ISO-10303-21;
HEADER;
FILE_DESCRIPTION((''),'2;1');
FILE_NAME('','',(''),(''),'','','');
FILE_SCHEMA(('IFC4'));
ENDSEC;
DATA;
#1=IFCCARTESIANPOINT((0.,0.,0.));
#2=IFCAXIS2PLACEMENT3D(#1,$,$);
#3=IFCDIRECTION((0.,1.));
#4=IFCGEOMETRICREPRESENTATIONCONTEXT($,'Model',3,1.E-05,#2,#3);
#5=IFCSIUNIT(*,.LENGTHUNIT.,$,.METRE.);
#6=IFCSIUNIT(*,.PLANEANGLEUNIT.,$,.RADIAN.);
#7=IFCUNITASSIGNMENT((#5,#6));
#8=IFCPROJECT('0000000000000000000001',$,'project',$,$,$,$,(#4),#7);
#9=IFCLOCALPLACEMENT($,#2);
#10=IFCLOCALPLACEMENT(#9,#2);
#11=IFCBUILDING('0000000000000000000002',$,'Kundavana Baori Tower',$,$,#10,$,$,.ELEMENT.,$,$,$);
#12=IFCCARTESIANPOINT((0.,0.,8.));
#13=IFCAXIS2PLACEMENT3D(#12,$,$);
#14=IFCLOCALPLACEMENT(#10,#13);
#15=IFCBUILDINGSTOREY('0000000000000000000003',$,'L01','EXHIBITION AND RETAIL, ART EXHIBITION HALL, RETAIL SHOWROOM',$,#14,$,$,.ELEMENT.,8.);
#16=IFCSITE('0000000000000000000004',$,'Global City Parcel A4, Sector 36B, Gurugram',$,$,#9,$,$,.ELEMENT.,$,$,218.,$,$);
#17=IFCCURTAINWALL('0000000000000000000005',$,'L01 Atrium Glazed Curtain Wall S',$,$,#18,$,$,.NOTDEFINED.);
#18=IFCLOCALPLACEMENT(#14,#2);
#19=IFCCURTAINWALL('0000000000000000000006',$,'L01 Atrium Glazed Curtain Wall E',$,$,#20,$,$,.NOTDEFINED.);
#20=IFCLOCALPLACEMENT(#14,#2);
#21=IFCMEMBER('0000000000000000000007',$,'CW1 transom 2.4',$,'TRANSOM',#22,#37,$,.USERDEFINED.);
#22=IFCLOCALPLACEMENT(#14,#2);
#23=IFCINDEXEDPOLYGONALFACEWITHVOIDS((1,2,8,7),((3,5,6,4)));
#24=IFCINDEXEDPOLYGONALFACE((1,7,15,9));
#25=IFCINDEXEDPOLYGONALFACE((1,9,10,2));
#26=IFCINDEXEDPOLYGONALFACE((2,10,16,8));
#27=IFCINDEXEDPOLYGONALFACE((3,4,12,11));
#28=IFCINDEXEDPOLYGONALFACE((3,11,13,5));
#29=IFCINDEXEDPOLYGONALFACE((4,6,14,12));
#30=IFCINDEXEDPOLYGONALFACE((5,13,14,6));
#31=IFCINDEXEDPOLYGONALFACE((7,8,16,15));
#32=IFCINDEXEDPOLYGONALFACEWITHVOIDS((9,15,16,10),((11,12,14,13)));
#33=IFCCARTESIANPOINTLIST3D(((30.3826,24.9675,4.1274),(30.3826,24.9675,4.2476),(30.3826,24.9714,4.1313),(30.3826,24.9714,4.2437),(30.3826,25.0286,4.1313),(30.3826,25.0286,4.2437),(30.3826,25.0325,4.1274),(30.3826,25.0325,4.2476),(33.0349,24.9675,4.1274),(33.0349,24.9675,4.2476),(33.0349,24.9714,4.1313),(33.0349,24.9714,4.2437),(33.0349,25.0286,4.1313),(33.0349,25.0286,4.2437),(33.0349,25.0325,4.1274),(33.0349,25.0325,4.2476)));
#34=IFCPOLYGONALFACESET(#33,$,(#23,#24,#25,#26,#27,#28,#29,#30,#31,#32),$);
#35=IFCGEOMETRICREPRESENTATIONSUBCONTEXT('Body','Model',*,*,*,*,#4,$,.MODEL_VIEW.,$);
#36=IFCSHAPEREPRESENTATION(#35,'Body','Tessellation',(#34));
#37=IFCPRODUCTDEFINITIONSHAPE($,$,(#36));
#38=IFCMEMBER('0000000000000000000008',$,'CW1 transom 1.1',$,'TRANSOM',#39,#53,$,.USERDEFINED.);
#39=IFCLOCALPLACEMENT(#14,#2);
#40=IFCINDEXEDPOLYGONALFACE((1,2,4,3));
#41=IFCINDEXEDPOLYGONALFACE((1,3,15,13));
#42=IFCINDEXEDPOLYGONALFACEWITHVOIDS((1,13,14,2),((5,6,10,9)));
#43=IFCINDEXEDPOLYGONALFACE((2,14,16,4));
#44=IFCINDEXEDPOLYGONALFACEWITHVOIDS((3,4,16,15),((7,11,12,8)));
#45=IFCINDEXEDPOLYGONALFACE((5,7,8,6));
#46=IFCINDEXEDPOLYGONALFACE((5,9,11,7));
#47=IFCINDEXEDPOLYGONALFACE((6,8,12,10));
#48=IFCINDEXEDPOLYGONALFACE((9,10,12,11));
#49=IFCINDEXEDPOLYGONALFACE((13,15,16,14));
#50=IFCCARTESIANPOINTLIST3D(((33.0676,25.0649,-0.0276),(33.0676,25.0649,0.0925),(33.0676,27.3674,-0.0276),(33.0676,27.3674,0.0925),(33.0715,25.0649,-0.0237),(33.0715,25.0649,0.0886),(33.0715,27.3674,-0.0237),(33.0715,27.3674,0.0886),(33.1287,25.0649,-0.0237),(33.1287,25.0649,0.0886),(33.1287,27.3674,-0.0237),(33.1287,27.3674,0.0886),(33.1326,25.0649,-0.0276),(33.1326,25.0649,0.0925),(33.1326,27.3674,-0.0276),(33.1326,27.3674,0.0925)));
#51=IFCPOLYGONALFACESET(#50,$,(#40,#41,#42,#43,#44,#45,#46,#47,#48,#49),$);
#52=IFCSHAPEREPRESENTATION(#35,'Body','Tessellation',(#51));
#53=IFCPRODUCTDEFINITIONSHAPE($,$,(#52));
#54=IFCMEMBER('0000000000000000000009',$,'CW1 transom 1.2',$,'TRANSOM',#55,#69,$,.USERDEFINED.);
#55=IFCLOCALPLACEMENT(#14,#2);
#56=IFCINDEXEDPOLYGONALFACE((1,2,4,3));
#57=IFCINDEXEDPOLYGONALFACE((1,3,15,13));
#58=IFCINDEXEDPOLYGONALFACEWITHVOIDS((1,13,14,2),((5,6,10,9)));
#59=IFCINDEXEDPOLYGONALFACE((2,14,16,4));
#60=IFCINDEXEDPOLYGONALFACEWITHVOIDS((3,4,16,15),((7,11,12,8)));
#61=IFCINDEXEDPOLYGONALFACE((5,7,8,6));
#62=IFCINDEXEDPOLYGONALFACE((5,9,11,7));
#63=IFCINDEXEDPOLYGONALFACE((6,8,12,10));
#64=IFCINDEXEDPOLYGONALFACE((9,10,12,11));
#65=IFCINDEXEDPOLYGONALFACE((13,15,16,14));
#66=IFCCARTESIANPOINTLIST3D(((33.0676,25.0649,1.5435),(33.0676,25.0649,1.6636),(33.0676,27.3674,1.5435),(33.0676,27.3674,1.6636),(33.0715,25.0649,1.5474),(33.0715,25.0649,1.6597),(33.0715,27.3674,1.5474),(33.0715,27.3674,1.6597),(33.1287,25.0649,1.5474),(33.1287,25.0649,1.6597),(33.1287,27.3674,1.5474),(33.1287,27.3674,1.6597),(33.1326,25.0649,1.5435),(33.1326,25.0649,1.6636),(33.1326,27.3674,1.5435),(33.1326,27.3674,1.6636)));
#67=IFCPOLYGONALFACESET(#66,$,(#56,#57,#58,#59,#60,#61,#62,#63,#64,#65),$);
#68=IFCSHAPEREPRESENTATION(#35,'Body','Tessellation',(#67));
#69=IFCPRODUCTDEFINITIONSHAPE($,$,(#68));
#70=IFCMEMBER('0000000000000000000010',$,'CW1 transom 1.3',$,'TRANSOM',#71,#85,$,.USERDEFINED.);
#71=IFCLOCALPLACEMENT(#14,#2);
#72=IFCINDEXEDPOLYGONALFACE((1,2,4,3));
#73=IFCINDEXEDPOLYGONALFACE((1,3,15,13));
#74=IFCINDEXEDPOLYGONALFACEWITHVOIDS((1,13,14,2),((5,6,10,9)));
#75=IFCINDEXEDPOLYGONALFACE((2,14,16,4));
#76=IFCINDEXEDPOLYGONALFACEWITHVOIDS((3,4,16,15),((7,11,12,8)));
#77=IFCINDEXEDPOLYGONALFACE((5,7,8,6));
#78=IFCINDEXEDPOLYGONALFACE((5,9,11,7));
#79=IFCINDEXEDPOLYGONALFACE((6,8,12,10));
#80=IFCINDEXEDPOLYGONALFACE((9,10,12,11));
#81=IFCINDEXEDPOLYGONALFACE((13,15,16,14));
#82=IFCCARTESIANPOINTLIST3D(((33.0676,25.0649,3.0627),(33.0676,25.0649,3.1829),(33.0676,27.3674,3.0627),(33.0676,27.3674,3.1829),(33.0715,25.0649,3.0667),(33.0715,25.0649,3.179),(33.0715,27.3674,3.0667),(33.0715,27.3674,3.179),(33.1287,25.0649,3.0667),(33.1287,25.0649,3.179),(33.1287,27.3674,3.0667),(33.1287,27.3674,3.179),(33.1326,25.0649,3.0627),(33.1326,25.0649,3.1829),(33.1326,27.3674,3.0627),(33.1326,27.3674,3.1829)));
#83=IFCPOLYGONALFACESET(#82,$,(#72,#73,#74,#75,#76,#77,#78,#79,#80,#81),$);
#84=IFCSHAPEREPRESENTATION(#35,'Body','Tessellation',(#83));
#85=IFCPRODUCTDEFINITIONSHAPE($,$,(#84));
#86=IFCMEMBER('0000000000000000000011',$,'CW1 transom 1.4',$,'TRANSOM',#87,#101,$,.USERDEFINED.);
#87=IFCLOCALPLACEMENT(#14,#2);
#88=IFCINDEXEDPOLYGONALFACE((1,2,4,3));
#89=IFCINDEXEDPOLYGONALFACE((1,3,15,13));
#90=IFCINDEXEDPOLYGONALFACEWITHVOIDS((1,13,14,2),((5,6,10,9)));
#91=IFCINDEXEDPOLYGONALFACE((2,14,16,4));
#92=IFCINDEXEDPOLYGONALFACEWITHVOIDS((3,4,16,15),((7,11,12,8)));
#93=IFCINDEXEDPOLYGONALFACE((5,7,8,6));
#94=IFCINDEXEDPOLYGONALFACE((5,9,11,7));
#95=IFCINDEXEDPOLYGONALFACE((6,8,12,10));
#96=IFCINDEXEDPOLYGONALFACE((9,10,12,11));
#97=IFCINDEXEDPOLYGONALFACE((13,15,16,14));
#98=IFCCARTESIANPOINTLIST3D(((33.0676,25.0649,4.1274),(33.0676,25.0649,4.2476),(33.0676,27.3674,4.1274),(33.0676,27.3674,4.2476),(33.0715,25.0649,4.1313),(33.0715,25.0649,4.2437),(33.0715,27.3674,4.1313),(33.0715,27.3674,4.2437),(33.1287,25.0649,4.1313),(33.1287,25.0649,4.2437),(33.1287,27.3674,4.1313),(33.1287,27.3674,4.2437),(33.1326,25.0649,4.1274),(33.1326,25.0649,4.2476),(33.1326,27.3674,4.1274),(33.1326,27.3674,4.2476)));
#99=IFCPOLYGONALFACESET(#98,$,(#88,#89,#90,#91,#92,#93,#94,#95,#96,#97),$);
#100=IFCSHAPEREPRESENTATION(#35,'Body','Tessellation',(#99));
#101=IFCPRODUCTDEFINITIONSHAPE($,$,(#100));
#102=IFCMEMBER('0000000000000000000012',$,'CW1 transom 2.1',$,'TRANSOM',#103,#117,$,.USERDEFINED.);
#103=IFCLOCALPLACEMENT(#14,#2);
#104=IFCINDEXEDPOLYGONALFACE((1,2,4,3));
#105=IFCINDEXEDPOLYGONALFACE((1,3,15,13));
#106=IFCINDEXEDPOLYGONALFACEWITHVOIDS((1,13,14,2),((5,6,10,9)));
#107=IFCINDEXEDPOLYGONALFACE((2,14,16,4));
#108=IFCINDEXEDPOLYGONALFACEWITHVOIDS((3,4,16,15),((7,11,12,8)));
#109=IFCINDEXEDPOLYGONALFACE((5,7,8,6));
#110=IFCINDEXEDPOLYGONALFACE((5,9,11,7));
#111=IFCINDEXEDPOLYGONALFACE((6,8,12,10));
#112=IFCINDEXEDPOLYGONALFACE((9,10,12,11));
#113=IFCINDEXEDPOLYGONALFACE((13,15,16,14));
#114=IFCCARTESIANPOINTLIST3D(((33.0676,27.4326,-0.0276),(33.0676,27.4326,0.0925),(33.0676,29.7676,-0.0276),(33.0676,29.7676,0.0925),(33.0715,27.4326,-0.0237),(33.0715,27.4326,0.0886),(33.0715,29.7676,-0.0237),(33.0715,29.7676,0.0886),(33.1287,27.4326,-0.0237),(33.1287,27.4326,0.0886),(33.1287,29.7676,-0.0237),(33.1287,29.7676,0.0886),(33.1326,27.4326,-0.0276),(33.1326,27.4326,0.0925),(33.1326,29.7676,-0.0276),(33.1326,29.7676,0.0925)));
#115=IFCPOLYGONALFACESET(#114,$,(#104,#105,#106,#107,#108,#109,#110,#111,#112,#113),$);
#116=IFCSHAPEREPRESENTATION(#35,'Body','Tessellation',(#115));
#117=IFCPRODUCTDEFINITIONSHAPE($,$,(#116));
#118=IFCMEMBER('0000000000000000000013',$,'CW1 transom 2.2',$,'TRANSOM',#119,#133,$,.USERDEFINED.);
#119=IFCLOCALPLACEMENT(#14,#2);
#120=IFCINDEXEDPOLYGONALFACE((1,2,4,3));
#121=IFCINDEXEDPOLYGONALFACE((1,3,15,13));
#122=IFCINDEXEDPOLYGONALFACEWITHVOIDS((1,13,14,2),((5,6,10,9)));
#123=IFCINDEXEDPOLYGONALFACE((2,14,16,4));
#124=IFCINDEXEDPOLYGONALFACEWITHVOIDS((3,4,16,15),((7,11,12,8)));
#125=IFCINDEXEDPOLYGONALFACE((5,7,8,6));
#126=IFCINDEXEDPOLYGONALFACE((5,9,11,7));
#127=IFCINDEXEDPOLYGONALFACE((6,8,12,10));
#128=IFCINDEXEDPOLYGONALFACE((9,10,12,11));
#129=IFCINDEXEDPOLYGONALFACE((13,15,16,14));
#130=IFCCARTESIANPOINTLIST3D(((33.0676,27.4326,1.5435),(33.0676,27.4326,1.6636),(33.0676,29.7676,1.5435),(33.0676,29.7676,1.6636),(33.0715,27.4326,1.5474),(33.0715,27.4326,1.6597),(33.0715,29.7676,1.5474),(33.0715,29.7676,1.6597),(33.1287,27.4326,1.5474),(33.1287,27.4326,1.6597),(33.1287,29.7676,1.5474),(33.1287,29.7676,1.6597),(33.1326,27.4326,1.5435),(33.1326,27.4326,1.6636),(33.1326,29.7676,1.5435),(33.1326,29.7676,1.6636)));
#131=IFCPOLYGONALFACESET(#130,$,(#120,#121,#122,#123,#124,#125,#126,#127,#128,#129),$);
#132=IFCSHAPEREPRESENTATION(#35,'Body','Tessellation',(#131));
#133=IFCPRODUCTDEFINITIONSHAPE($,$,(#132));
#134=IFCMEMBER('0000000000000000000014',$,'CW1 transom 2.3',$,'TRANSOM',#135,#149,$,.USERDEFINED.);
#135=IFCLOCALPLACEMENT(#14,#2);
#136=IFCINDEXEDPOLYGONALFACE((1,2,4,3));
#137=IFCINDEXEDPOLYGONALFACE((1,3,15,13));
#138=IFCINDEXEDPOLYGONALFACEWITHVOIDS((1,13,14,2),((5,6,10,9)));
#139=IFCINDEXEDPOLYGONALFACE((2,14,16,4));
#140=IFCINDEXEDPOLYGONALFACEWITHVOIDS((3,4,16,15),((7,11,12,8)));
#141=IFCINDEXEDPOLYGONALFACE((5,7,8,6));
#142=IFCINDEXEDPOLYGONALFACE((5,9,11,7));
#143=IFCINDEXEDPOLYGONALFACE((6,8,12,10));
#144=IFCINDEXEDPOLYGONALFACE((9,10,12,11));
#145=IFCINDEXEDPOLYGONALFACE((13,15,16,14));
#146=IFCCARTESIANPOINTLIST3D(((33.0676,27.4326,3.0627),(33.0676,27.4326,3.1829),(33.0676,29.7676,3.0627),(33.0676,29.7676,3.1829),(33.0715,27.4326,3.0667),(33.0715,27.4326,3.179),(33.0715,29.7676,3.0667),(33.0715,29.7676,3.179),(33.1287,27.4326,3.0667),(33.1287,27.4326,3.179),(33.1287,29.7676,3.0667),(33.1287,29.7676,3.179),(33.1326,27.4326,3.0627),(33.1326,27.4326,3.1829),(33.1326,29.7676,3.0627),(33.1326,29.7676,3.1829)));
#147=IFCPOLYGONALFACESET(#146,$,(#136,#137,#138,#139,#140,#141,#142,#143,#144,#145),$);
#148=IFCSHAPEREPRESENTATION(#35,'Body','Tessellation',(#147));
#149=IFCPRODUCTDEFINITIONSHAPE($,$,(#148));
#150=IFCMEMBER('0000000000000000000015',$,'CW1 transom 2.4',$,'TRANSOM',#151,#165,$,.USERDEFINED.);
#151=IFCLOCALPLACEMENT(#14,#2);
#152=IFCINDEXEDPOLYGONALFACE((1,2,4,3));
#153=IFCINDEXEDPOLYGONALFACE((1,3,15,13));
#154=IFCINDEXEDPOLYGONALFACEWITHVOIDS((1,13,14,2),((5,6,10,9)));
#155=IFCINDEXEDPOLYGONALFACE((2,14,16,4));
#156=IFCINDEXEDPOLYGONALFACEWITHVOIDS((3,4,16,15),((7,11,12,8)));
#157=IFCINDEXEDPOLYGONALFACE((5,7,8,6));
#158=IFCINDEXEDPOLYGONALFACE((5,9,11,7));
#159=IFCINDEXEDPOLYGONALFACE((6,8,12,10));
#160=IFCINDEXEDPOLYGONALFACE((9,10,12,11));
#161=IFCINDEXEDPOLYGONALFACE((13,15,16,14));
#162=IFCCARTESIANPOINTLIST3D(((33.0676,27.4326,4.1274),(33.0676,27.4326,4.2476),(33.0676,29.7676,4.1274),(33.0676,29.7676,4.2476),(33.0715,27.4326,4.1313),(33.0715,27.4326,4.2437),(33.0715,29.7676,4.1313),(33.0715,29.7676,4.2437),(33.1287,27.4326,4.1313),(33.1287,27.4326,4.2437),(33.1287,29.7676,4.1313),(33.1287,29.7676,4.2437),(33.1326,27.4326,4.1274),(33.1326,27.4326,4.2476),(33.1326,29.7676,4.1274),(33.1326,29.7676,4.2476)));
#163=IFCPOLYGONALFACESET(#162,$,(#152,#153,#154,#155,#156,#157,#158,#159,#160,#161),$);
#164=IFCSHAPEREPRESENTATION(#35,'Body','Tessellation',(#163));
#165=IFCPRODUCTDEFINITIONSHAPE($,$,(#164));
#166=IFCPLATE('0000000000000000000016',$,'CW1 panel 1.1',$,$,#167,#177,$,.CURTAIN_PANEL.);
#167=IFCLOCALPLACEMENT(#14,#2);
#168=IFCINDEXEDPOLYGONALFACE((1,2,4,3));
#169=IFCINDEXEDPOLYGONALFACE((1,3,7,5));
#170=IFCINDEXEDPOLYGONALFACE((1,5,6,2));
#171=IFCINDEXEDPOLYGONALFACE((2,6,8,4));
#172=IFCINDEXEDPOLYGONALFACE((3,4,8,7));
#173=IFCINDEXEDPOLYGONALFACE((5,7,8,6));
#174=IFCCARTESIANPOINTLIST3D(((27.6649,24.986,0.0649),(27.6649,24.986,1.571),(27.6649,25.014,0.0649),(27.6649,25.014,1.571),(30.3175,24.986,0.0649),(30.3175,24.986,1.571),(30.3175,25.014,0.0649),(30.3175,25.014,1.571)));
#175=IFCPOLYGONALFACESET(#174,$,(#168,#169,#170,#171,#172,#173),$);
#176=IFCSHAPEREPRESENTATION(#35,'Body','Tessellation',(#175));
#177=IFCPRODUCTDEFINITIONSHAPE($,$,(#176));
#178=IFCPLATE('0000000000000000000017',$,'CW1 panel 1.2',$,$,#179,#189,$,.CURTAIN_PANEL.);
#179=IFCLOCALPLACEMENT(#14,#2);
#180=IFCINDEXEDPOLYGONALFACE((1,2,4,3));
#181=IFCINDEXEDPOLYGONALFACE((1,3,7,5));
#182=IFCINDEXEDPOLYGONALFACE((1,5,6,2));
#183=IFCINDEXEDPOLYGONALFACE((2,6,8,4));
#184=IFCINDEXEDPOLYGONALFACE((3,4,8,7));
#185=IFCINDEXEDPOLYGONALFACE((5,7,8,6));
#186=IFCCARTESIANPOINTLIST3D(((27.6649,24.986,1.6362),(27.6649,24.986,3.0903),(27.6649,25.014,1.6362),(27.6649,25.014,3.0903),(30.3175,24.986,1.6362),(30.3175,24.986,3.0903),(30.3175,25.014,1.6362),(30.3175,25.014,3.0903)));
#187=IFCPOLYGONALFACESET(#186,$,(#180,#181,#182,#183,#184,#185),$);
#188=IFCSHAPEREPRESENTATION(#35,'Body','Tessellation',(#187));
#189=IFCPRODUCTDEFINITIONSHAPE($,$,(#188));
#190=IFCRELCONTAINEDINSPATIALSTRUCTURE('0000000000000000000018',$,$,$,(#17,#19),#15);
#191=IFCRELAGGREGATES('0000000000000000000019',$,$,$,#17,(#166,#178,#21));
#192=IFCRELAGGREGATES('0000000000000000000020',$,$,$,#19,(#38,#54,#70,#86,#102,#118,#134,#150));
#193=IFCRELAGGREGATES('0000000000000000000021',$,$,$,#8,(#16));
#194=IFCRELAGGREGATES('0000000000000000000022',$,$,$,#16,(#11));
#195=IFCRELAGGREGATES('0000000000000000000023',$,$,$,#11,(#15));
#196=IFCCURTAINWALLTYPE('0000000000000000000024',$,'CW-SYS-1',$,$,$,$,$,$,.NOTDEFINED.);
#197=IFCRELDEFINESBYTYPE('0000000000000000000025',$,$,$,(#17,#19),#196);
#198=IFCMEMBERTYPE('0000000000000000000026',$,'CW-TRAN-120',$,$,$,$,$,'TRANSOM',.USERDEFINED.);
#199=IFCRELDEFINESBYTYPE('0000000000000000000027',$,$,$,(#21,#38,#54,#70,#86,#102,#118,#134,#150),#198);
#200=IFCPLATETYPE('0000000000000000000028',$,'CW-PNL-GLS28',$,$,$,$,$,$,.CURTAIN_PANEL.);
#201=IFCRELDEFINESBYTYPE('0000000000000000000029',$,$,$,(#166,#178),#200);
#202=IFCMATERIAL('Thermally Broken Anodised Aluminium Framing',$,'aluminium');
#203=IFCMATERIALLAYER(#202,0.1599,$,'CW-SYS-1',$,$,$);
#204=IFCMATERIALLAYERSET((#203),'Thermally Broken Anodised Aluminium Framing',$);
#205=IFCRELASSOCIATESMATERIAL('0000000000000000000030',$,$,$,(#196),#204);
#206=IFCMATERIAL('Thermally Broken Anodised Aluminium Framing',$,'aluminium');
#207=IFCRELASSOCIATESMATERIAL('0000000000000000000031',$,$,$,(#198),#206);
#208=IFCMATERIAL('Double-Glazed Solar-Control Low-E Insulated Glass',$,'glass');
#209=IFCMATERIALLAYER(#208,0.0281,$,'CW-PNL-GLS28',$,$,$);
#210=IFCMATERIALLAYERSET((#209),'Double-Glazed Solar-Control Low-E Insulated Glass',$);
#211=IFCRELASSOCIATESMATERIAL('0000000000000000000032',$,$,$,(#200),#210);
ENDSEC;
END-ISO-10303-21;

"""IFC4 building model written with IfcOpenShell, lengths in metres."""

from ifc_helpers import new_model, si_unit, direction, frame, origin, origin_2d, place, context, subcontext, project, spatial, rectangle, hollow_rectangle, extrude, material, layer, layer_set, material_profile, profile_set, type_object, element, aggregate, save


model = new_model("IFC4")

# Units and contexts
model_context = context("Model", 3, precision=1e-05, world=origin(), true_north=direction((0.0, 1.0)))
body_context = subcontext(model_context, "Body", "Model", "MODEL_VIEW")
ifc_project = project(units=[si_unit("LENGTHUNIT", "METRE"), si_unit("PLANEANGLEUNIT", "RADIAN")], contexts=[model_context])

# Site, building, storey
site_placement = place(None, origin())
site = spatial("IfcSite", under=ifc_project, at=site_placement, Name="Global City Parcel A4, Sector 36B, Gurugram", CompositionType="ELEMENT", RefElevation=218.0)
building_placement = place(site_placement, origin())
building = spatial("IfcBuilding", under=site, at=building_placement, Name="Kundavana Baori Tower", CompositionType="ELEMENT")
storey_placement = place(building_placement, frame((0.0, 0.0, 8.0)))
storey = spatial("IfcBuildingStorey", under=building, at=storey_placement, Name="L01", Description="EXHIBITION AND RETAIL, ART EXHIBITION HALL, RETAIL SHOWROOM", CompositionType="ELEMENT", Elevation=8.0)

# Curtain walls
ifc_material_1 = material(Name="Thermally Broken Anodised Aluminium Framing", Category="aluminium")
ifc_layer_1 = layer(ifc_material_1, 0.1599, Name="CW-SYS-1")
ifc_layer_set_1 = layer_set([ifc_layer_1], Name="Thermally Broken Anodised Aluminium Framing")
curtain_wall_type = type_object("IfcCurtainWallType", Name="CW-SYS-1", PredefinedType="NOTDEFINED", material=ifc_layer_set_1)
curtain_wall_1_placement = place(storey_placement, origin())
curtain_wall_1 = element("IfcCurtainWall", 1, at=curtain_wall_1_placement, inside=storey, type_object=curtain_wall_type, Name="L01 Atrium Glazed Curtain Wall S", PredefinedType="NOTDEFINED")
curtain_wall_2_placement = place(storey_placement, origin())
curtain_wall_2 = element("IfcCurtainWall", 2, at=curtain_wall_2_placement, inside=storey, type_object=curtain_wall_type, Name="L01 Atrium Glazed Curtain Wall E", PredefinedType="NOTDEFINED")

# Members
ifc_material_2 = material(Name="Thermally Broken Anodised Aluminium Framing", Category="aluminium")
ifc_material_profile_1 = material_profile(ifc_material_2, hollow_rectangle(XDim=0.0649, YDim=0.1201, WallThickness=0.0039, at=origin_2d()), Name="CW-TRAN-120")
ifc_profile_set_1 = profile_set([ifc_material_profile_1], Name="Thermally Broken Anodised Aluminium Framing")
member_type_1 = type_object("IfcMemberType", Name="CW-TRAN-120", ElementType="TRANSOM", PredefinedType="USERDEFINED", material=ifc_profile_set_1)
member_1_placement = place(storey_placement, frame((30.3826, 25.0, 4.1875), z_axis=(1.0, 0.0, 0.0), x_axis=(0.0, 1.0, 0.0)))
member_1 = element("IfcMember", 3, at=member_1_placement, type_object=member_type_1, Name="CW1 transom 2.4", ObjectType="TRANSOM", PredefinedType="USERDEFINED", context=body_context, shape_type="SweptSolid", body=[
    extrude(hollow_rectangle(XDim=0.0649, YDim=0.1201, WallThickness=0.0039, at=origin_2d()), origin(), (0.0, 0.0, 1.0), 2.6523),
])
member_2_placement = place(storey_placement, frame((33.1001, 25.0649, 0.0325), z_axis=(0.0, 1.0, 0.0), x_axis=(-1.0, 0.0, 0.0)))
member_2 = element("IfcMember", 4, at=member_2_placement, type_object=member_type_1, Name="CW1 transom 1.1", ObjectType="TRANSOM", PredefinedType="USERDEFINED", context=body_context, shape_type="SweptSolid", body=[
    extrude(hollow_rectangle(XDim=0.0649, YDim=0.1201, WallThickness=0.0039, at=origin_2d()), origin(), (0.0, 0.0, 1.0), 2.3025),
])
member_3_placement = place(storey_placement, frame((33.1001, 25.0649, 1.6035), z_axis=(0.0, 1.0, 0.0), x_axis=(-1.0, 0.0, 0.0)))
member_3 = element("IfcMember", 5, at=member_3_placement, type_object=member_type_1, Name="CW1 transom 1.2", ObjectType="TRANSOM", PredefinedType="USERDEFINED", context=body_context, shape_type="SweptSolid", body=[
    extrude(hollow_rectangle(XDim=0.0649, YDim=0.1201, WallThickness=0.0039, at=origin_2d()), origin(), (0.0, 0.0, 1.0), 2.3025),
])
member_4_placement = place(storey_placement, frame((33.1001, 25.0649, 3.1228), z_axis=(0.0, 1.0, 0.0), x_axis=(-1.0, 0.0, 0.0)))
member_4 = element("IfcMember", 6, at=member_4_placement, type_object=member_type_1, Name="CW1 transom 1.3", ObjectType="TRANSOM", PredefinedType="USERDEFINED", context=body_context, shape_type="SweptSolid", body=[
    extrude(hollow_rectangle(XDim=0.0649, YDim=0.1201, WallThickness=0.0039, at=origin_2d()), origin(), (0.0, 0.0, 1.0), 2.3025),
])
member_5_placement = place(storey_placement, frame((33.1001, 25.0649, 4.1875), z_axis=(0.0, 1.0, 0.0), x_axis=(-1.0, 0.0, 0.0)))
member_5 = element("IfcMember", 7, at=member_5_placement, type_object=member_type_1, Name="CW1 transom 1.4", ObjectType="TRANSOM", PredefinedType="USERDEFINED", context=body_context, shape_type="SweptSolid", body=[
    extrude(hollow_rectangle(XDim=0.0649, YDim=0.1201, WallThickness=0.0039, at=origin_2d()), origin(), (0.0, 0.0, 1.0), 2.3025),
])
member_6_placement = place(storey_placement, frame((33.1001, 27.4326, 0.0325), z_axis=(0.0, 1.0, 0.0), x_axis=(-1.0, 0.0, 0.0)))
member_6 = element("IfcMember", 8, at=member_6_placement, type_object=member_type_1, Name="CW1 transom 2.1", ObjectType="TRANSOM", PredefinedType="USERDEFINED", context=body_context, shape_type="SweptSolid", body=[
    extrude(hollow_rectangle(XDim=0.0649, YDim=0.1201, WallThickness=0.0039, at=origin_2d()), origin(), (0.0, 0.0, 1.0), 2.335),
])
member_7_placement = place(storey_placement, frame((33.1001, 27.4326, 1.6035), z_axis=(0.0, 1.0, 0.0), x_axis=(-1.0, 0.0, 0.0)))
member_7 = element("IfcMember", 9, at=member_7_placement, type_object=member_type_1, Name="CW1 transom 2.2", ObjectType="TRANSOM", PredefinedType="USERDEFINED", context=body_context, shape_type="SweptSolid", body=[
    extrude(hollow_rectangle(XDim=0.0649, YDim=0.1201, WallThickness=0.0039, at=origin_2d()), origin(), (0.0, 0.0, 1.0), 2.335),
])
member_8_placement = place(storey_placement, frame((33.1001, 27.4326, 3.1228), z_axis=(0.0, 1.0, 0.0), x_axis=(-1.0, 0.0, 0.0)))
member_8 = element("IfcMember", 10, at=member_8_placement, type_object=member_type_1, Name="CW1 transom 2.3", ObjectType="TRANSOM", PredefinedType="USERDEFINED", context=body_context, shape_type="SweptSolid", body=[
    extrude(hollow_rectangle(XDim=0.0649, YDim=0.1201, WallThickness=0.0039, at=origin_2d()), origin(), (0.0, 0.0, 1.0), 2.335),
])
member_9_placement = place(storey_placement, frame((33.1001, 27.4326, 4.1875), z_axis=(0.0, 1.0, 0.0), x_axis=(-1.0, 0.0, 0.0)))
member_9 = element("IfcMember", 11, at=member_9_placement, type_object=member_type_1, Name="CW1 transom 2.4", ObjectType="TRANSOM", PredefinedType="USERDEFINED", context=body_context, shape_type="SweptSolid", body=[
    extrude(hollow_rectangle(XDim=0.0649, YDim=0.1201, WallThickness=0.0039, at=origin_2d()), origin(), (0.0, 0.0, 1.0), 2.335),
])

# Plates
ifc_material_3 = material(Name="Double-Glazed Solar-Control Low-E Insulated Glass", Category="glass")
ifc_layer_2 = layer(ifc_material_3, 0.0281, Name="CW-PNL-GLS28")
ifc_layer_set_2 = layer_set([ifc_layer_2], Name="Double-Glazed Solar-Control Low-E Insulated Glass")
plate_type = type_object("IfcPlateType", Name="CW-PNL-GLS28", PredefinedType="CURTAIN_PANEL", material=ifc_layer_set_2)
plate_1_placement = place(storey_placement, frame((28.9912, 25.0, 0.0649), z_axis=(0.0, 0.0, 1.0), x_axis=(1.0, 0.0, 0.0)))
plate_1 = element("IfcPlate", 12, at=plate_1_placement, type_object=plate_type, Name="CW1 panel 1.1", PredefinedType="CURTAIN_PANEL", context=body_context, shape_type="SweptSolid", body=[
    extrude(rectangle(XDim=2.6526, YDim=0.0281, at=origin_2d()), origin(), (0.0, 0.0, 1.0), 1.5061),
])
plate_2_placement = place(storey_placement, frame((28.9912, 25.0, 1.6362), z_axis=(0.0, 0.0, 1.0), x_axis=(1.0, 0.0, 0.0)))
plate_2 = element("IfcPlate", 13, at=plate_2_placement, type_object=plate_type, Name="CW1 panel 1.2", PredefinedType="CURTAIN_PANEL", context=body_context, shape_type="SweptSolid", body=[
    extrude(rectangle(XDim=2.6526, YDim=0.0281, at=origin_2d()), origin(), (0.0, 0.0, 1.0), 1.4541),
])
aggregate(curtain_wall_1, [plate_1, plate_2, member_1])
aggregate(curtain_wall_2, [member_2, member_3, member_4, member_5, member_6, member_7, member_8, member_9])

save(model, "model.ifc")
